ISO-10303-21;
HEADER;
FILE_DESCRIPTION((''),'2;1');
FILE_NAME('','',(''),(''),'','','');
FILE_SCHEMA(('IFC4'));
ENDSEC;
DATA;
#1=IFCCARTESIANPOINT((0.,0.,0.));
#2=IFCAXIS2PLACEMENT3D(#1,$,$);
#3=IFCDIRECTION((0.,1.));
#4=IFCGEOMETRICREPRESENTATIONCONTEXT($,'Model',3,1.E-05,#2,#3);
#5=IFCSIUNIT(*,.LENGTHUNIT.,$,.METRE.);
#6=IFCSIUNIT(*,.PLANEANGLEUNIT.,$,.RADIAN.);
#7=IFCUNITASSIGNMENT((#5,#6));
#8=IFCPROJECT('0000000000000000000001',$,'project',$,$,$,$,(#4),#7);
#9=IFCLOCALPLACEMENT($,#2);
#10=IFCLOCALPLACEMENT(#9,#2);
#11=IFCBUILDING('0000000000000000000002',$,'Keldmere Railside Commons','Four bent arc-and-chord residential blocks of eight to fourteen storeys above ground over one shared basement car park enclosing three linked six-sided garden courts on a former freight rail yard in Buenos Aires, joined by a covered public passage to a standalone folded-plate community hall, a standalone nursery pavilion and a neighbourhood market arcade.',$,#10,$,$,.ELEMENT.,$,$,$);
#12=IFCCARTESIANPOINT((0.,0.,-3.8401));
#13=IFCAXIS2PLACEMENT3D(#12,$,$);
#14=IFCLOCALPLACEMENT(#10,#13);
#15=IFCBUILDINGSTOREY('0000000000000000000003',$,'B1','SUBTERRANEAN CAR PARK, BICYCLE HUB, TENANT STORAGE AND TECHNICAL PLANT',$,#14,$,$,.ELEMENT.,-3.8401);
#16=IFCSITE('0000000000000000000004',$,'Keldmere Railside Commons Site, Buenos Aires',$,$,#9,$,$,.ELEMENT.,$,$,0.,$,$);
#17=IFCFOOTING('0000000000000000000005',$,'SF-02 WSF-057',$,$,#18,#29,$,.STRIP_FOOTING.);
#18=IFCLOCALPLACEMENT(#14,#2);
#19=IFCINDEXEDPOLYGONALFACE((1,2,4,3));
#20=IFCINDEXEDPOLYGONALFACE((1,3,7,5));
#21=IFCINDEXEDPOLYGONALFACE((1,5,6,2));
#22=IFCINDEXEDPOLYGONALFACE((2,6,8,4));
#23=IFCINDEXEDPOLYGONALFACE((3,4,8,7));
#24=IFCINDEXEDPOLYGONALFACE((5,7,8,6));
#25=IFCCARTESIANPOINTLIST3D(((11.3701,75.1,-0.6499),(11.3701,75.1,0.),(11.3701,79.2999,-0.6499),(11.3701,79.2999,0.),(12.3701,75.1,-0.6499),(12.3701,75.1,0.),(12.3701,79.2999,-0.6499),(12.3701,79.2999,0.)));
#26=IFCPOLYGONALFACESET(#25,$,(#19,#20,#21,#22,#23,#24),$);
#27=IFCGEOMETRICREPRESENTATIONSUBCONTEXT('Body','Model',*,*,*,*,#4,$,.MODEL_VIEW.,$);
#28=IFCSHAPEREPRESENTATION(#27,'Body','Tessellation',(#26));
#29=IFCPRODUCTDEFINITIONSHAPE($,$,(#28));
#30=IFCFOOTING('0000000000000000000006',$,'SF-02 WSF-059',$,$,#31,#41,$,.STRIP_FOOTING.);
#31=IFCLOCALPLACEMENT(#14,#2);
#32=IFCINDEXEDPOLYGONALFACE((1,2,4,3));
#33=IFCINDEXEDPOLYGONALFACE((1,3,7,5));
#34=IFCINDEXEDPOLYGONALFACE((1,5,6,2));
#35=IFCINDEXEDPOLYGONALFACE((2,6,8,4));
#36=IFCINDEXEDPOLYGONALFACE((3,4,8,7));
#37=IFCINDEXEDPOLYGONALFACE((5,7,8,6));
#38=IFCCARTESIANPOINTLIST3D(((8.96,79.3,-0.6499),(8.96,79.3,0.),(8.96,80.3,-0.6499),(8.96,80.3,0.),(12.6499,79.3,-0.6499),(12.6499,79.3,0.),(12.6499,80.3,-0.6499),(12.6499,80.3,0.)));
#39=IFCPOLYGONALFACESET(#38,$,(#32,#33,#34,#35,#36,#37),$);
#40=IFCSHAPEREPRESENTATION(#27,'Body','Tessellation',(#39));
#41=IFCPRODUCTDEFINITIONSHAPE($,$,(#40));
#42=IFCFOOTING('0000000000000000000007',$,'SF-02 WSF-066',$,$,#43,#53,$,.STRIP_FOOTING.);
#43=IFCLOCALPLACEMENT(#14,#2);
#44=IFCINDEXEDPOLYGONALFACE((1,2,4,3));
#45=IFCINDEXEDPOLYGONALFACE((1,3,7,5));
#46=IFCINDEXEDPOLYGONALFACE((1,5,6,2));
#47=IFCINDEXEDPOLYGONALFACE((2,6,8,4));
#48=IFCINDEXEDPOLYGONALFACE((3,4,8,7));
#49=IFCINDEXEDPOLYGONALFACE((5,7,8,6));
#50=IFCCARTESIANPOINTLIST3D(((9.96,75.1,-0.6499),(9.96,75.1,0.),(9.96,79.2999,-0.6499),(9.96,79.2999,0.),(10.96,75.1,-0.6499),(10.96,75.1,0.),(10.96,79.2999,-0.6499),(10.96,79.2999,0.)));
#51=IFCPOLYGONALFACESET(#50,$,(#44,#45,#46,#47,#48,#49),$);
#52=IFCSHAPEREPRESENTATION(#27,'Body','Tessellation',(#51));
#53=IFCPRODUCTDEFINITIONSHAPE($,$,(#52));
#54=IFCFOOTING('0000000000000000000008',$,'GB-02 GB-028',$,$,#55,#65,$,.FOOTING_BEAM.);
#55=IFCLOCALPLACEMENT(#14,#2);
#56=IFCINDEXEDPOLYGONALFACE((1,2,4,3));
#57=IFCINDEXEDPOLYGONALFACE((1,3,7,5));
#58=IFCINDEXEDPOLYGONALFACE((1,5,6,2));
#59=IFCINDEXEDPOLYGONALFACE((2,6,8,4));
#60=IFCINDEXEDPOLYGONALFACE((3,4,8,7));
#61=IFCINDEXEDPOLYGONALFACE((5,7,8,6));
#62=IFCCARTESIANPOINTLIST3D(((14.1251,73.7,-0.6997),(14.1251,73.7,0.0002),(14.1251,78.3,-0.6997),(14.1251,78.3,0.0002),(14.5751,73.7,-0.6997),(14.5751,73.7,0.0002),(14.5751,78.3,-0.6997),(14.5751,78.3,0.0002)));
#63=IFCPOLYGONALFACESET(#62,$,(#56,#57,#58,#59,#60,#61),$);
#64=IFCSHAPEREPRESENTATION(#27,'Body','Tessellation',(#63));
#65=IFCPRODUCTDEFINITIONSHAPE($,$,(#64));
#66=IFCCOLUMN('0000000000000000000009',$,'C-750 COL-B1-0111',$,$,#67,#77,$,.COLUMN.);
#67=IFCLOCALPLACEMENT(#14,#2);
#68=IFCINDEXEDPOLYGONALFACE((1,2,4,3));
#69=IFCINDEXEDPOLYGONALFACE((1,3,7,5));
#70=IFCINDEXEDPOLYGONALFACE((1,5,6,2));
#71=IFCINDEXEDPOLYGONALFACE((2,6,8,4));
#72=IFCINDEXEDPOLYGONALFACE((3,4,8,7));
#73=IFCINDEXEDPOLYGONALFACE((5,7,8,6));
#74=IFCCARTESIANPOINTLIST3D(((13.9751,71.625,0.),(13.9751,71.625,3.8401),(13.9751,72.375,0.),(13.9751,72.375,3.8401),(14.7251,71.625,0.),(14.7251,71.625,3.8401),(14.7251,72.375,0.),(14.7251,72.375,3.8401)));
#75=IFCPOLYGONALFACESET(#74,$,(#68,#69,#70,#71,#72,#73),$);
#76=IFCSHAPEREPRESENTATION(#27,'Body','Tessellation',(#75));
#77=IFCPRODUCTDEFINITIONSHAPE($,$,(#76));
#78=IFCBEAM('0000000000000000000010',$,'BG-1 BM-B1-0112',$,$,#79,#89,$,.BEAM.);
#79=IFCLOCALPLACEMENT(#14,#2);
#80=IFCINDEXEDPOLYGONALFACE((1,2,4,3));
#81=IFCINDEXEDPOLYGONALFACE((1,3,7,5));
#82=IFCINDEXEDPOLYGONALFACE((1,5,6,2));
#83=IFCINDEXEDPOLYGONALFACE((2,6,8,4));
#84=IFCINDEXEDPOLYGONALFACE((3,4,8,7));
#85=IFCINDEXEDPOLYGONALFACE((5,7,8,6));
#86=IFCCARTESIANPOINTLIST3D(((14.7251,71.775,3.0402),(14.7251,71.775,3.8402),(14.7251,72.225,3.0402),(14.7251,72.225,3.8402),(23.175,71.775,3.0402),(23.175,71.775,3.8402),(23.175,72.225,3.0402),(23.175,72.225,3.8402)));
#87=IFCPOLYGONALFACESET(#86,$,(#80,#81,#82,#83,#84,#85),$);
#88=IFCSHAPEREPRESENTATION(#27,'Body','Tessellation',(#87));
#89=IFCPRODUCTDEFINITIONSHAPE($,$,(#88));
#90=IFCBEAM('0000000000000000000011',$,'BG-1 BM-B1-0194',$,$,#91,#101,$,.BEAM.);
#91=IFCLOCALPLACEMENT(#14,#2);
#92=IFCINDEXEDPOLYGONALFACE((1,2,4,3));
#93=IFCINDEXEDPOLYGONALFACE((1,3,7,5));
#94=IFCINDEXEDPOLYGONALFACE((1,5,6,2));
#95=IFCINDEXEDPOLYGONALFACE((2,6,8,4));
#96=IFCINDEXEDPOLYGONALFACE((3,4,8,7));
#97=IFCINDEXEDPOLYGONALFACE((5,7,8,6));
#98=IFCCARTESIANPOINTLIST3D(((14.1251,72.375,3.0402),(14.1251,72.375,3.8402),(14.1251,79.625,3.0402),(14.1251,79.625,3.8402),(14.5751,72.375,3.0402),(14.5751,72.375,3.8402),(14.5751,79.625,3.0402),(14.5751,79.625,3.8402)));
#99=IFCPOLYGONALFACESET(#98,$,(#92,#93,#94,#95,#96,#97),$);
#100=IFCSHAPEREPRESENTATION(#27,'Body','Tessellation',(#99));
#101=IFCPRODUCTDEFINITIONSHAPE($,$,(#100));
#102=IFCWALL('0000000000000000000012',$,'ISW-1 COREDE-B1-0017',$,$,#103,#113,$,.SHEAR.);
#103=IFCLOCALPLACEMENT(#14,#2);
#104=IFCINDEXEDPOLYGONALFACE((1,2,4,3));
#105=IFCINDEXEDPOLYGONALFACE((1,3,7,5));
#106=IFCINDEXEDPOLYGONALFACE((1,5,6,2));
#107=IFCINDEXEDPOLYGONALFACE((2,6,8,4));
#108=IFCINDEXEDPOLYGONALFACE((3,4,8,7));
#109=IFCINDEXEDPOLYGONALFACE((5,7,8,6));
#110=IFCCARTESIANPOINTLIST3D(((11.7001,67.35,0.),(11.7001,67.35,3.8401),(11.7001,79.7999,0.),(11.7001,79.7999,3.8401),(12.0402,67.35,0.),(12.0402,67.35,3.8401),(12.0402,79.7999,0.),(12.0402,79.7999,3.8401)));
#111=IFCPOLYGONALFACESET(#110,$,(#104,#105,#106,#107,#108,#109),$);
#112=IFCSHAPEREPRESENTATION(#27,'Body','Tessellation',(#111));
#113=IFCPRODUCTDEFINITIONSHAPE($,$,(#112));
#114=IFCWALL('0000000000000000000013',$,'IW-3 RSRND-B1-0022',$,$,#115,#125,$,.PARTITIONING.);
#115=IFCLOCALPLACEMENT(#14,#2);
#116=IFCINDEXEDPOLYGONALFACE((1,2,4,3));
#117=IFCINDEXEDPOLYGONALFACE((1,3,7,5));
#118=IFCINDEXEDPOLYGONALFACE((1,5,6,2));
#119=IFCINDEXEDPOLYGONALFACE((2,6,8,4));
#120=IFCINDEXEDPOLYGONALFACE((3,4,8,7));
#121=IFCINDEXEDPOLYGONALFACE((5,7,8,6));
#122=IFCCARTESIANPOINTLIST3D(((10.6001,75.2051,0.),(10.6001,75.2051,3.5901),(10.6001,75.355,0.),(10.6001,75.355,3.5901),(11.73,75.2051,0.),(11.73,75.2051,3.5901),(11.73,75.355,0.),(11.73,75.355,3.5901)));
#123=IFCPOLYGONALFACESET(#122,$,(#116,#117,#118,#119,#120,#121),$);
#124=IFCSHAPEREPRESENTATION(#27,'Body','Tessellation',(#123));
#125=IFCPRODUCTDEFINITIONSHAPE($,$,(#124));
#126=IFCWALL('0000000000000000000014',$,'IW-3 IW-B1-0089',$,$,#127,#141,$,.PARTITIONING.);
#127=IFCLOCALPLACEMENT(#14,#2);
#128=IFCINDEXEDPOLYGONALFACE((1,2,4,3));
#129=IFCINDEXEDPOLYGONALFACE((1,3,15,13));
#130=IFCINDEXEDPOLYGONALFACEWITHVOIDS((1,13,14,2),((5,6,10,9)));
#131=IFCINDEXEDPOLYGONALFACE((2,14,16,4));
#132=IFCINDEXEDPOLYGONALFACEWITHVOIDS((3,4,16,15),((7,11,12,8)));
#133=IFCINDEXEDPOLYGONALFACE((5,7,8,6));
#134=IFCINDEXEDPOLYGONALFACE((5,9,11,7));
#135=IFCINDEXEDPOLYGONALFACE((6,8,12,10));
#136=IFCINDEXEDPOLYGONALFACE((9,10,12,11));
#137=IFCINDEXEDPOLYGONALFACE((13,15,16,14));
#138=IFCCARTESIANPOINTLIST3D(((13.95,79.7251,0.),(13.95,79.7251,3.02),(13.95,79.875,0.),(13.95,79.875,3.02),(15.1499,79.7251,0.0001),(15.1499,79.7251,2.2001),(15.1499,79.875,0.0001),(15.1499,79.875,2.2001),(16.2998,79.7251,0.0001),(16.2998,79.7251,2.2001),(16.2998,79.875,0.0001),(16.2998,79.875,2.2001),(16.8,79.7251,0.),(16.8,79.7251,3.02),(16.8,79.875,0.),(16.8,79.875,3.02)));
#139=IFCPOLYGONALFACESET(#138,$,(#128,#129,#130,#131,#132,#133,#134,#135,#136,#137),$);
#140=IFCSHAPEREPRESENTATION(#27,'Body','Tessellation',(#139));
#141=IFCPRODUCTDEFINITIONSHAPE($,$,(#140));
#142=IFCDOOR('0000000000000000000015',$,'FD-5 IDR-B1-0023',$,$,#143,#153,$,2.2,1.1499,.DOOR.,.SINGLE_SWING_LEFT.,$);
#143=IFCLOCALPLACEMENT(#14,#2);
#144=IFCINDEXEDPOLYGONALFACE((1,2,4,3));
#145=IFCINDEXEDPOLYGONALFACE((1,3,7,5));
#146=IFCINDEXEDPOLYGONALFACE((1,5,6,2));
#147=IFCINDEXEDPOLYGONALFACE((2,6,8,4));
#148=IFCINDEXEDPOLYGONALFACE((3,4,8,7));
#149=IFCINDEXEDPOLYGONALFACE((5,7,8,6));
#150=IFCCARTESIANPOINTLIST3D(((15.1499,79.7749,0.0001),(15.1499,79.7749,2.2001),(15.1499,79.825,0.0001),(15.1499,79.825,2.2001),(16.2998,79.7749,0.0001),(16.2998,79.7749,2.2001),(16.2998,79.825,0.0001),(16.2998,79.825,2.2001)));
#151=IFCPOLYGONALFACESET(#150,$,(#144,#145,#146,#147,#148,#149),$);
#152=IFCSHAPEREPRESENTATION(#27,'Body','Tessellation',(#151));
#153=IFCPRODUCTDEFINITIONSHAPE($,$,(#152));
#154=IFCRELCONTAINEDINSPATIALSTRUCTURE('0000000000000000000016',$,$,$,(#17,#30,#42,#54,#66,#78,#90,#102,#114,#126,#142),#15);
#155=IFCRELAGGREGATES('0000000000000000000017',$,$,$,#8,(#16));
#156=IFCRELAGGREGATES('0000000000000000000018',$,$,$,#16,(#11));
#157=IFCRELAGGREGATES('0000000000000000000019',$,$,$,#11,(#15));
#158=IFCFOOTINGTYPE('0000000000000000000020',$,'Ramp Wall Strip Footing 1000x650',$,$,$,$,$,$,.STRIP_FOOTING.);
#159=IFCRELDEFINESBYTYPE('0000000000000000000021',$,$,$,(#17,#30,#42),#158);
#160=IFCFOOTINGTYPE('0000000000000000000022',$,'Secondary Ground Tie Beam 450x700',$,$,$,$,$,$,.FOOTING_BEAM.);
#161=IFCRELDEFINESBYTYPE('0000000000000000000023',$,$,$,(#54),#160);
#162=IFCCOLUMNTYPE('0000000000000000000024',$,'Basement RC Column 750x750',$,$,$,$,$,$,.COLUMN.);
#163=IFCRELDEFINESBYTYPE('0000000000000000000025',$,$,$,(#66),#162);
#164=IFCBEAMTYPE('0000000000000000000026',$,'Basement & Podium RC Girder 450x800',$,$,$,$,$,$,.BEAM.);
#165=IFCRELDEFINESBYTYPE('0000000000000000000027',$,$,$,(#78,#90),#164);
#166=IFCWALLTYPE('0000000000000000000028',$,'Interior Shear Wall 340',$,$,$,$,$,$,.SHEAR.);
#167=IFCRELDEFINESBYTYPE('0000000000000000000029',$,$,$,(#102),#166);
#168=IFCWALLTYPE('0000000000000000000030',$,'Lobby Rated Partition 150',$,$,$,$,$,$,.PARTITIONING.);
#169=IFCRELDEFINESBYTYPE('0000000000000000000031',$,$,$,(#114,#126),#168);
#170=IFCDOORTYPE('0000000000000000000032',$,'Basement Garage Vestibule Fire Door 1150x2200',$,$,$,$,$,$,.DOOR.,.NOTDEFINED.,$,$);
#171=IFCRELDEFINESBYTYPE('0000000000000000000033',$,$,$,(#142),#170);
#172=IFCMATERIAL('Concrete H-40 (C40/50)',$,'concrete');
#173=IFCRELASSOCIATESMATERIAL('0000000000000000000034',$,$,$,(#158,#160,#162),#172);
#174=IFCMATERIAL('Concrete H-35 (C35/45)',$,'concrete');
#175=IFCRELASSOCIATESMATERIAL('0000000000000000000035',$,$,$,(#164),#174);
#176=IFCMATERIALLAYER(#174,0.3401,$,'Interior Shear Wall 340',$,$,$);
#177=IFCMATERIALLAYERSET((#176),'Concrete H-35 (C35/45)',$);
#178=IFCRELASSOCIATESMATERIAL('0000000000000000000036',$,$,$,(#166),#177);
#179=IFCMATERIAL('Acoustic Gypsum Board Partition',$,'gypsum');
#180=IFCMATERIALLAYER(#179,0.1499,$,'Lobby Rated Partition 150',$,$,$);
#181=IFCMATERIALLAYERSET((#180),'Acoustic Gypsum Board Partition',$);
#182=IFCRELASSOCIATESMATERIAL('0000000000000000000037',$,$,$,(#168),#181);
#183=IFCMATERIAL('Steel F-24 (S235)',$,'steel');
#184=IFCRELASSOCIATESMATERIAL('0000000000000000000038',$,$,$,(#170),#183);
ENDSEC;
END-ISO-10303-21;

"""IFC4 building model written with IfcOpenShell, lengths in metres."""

from ifc_helpers import new_model, si_unit, direction, frame, frame_2d, origin, origin_2d, place, context, subcontext, project, spatial, rectangle, extrude, material, layer, layer_set, material_profile, profile_set, type_object, element, fill, save


model = new_model("IFC4")

# Units and contexts
model_context = context("Model", 3, precision=1e-05, world=origin(), true_north=direction((0.0, 1.0)))
body_context = subcontext(model_context, "Body", "Model", "MODEL_VIEW")
ifc_project = project(units=[si_unit("LENGTHUNIT", "METRE"), si_unit("PLANEANGLEUNIT", "RADIAN")], contexts=[model_context])

# Site, building, storey
site_placement = place(None, origin())
site = spatial("IfcSite", under=ifc_project, at=site_placement, Name="Keldmere Railside Commons Site, Buenos Aires", CompositionType="ELEMENT", RefElevation=0.0)
building_placement = place(site_placement, origin())
building = spatial("IfcBuilding", under=site, at=building_placement, Name="Keldmere Railside Commons", Description="Four bent arc-and-chord residential blocks of eight to fourteen storeys above ground over one shared basement car park enclosing three linked six-sided garden courts on a former freight rail yard in Buenos Aires, joined by a covered public passage to a standalone folded-plate community hall, a standalone nursery pavilion and a neighbourhood market arcade.", CompositionType="ELEMENT")
storey_placement = place(building_placement, frame((0.0, 0.0, -3.8401)))
storey = spatial("IfcBuildingStorey", under=building, at=storey_placement, Name="B1", Description="SUBTERRANEAN CAR PARK, BICYCLE HUB, TENANT STORAGE AND TECHNICAL PLANT", CompositionType="ELEMENT", Elevation=-3.8401)

# Footings
ifc_material_1 = material(Name="Concrete H-40 (C40/50)", Category="concrete")
footing_type_1 = type_object("IfcFootingType", Name="Ramp Wall Strip Footing 1000x650", PredefinedType="STRIP_FOOTING", material=ifc_material_1)
footing_1_placement = place(storey_placement, frame((11.8701, 77.2, -0.6499), z_axis=(0.0, 0.0, 1.0), x_axis=(0.0, 1.0, 0.0)))
element("IfcFooting", 1, at=footing_1_placement, inside=storey, type_object=footing_type_1, Name="SF-02 WSF-057", PredefinedType="STRIP_FOOTING", context=body_context, shape_type="SweptSolid", body=[
    extrude(rectangle(XDim=4.2, YDim=1.0, at=origin_2d()), origin(), (0.0, 0.0, 1.0), 0.6499),
])
footing_2_placement = place(storey_placement, frame((10.8049, 79.8, -0.6499), z_axis=(0.0, 0.0, 1.0), x_axis=(1.0, 0.0, 0.0)))
element("IfcFooting", 2, at=footing_2_placement, inside=storey, type_object=footing_type_1, Name="SF-02 WSF-059", PredefinedType="STRIP_FOOTING", context=body_context, shape_type="SweptSolid", body=[
    extrude(rectangle(XDim=3.6899, YDim=1.0, at=origin_2d()), origin(), (0.0, 0.0, 1.0), 0.6499),
])
footing_3_placement = place(storey_placement, frame((10.46, 77.2, -0.6499), z_axis=(0.0, 0.0, 1.0), x_axis=(0.0, 1.0, 0.0)))
element("IfcFooting", 3, at=footing_3_placement, inside=storey, type_object=footing_type_1, Name="SF-02 WSF-066", PredefinedType="STRIP_FOOTING", context=body_context, shape_type="SweptSolid", body=[
    extrude(rectangle(XDim=4.2, YDim=1.0, at=origin_2d()), origin(), (0.0, 0.0, 1.0), 0.6499),
])
footing_type_2 = type_object("IfcFootingType", Name="Secondary Ground Tie Beam 450x700", PredefinedType="FOOTING_BEAM", material=ifc_material_1)
footing_4_placement = place(storey_placement, frame((14.3501, 76.0, -0.6997), z_axis=(0.0, 0.0, 1.0), x_axis=(0.0, 1.0, 0.0)))
element("IfcFooting", 4, at=footing_4_placement, inside=storey, type_object=footing_type_2, Name="GB-02 GB-028", PredefinedType="FOOTING_BEAM", context=body_context, shape_type="SweptSolid", body=[
    extrude(rectangle(XDim=4.6001, YDim=0.45, at=origin_2d()), origin(), (0.0, 0.0, 1.0), 0.7),
])

# Column
ifc_material_profile_1 = material_profile(ifc_material_1, rectangle(XDim=0.75, YDim=0.75, at=origin_2d()), Name="RC-750x750")
ifc_profile_set_1 = profile_set([ifc_material_profile_1], Name="Concrete H-40 (C40/50)")
column_type = type_object("IfcColumnType", Name="Basement RC Column 750x750", PredefinedType="COLUMN", material=ifc_profile_set_1)
column_placement = place(storey_placement, frame((14.3501, 72.0, 0.0), z_axis=(0.0, 0.0, 1.0), x_axis=(1.0, 0.0, 0.0)))
element("IfcColumn", 5, at=column_placement, inside=storey, type_object=column_type, Name="C-750 COL-B1-0111", PredefinedType="COLUMN", context=body_context, shape_type="SweptSolid", body=[
    extrude(rectangle(XDim=0.75, YDim=0.75, at=origin_2d()), origin(), (0.0, 0.0, 1.0), 3.8401),
])

# Beams
ifc_material_2 = material(Name="Concrete H-35 (C35/45)", Category="concrete")
ifc_material_profile_2 = material_profile(ifc_material_2, rectangle(XDim=0.45, YDim=0.8, at=origin_2d()), Name="RC-450x800")
ifc_profile_set_2 = profile_set([ifc_material_profile_2], Name="Concrete H-35 (C35/45)")
beam_type = type_object("IfcBeamType", Name="Basement & Podium RC Girder 450x800", PredefinedType="BEAM", material=ifc_profile_set_2)
beam_1_placement = place(storey_placement, frame((14.7251, 72.0, 3.4402), z_axis=(1.0, 0.0, 0.0), x_axis=(0.0, 1.0, 0.0)))
element("IfcBeam", 6, at=beam_1_placement, inside=storey, type_object=beam_type, Name="BG-1 BM-B1-0112", PredefinedType="BEAM", context=body_context, shape_type="SweptSolid", body=[
    extrude(rectangle(XDim=0.45, YDim=0.8, at=origin_2d()), origin(), (0.0, 0.0, 1.0), 8.45),
])
beam_2_placement = place(storey_placement, frame((14.3501, 72.375, 3.4402), z_axis=(0.0, 1.0, 0.0), x_axis=(-1.0, 0.0, 0.0)))
element("IfcBeam", 7, at=beam_2_placement, inside=storey, type_object=beam_type, Name="BG-1 BM-B1-0194", PredefinedType="BEAM", context=body_context, shape_type="SweptSolid", body=[
    extrude(rectangle(XDim=0.45, YDim=0.8, at=origin_2d()), origin(), (0.0, 0.0, 1.0), 7.25),
])

# Shared definitions
ifc_material_3 = material(Name="Steel F-24 (S235)", Category="steel")

# Walls
ifc_layer_1 = layer(ifc_material_2, 0.3401, Name="Interior Shear Wall 340")
ifc_layer_set_1 = layer_set([ifc_layer_1], Name="Concrete H-35 (C35/45)")
wall_type_1 = type_object("IfcWallType", Name="Interior Shear Wall 340", PredefinedType="SHEAR", material=ifc_layer_set_1)
wall_1_placement = place(storey_placement, frame((11.8701, 79.8, 0.0), z_axis=(0.0, 0.0, 1.0), x_axis=(0.0, -1.0, 0.0)))
element("IfcWall", 8, at=wall_1_placement, inside=storey, type_object=wall_type_1, Name="ISW-1 COREDE-B1-0017", PredefinedType="SHEAR", context=body_context, shape_type="SweptSolid", body=[
    extrude(rectangle(XDim=12.45, YDim=0.3401, at=frame_2d((6.2251, 0.0))), origin(), (0.0, 0.0, 1.0), 3.8401),
])
ifc_material_4 = material(Name="Acoustic Gypsum Board Partition", Category="gypsum")
ifc_layer_2 = layer(ifc_material_4, 0.1499, Name="Lobby Rated Partition 150")
ifc_layer_set_2 = layer_set([ifc_layer_2], Name="Acoustic Gypsum Board Partition")
wall_type_2 = type_object("IfcWallType", Name="Lobby Rated Partition 150", PredefinedType="PARTITIONING", material=ifc_layer_set_2)
wall_2_placement = place(storey_placement, frame((10.6001, 75.28, 0.0), z_axis=(0.0, 0.0, 1.0), x_axis=(1.0, 0.0, 0.0)))
element("IfcWall", 9, at=wall_2_placement, inside=storey, type_object=wall_type_2, Name="IW-3 RSRND-B1-0022", PredefinedType="PARTITIONING", context=body_context, shape_type="SweptSolid", body=[
    extrude(rectangle(XDim=1.1299, YDim=0.1499, at=frame_2d((0.5649, 0.0))), origin(), (0.0, 0.0, 1.0), 3.5901),
])

# Wall, opening, door
wall_3_placement = place(storey_placement, frame((13.95, 79.8, 0.0), z_axis=(0.0, 0.0, 1.0), x_axis=(1.0, 0.0, 0.0)))
wall_3 = element("IfcWall", 10, at=wall_3_placement, inside=storey, type_object=wall_type_2, Name="IW-3 IW-B1-0089", PredefinedType="PARTITIONING", context=body_context, shape_type="SweptSolid", body=[
    extrude(rectangle(XDim=2.8501, YDim=0.1499, at=frame_2d((1.425, 0.0))), origin(), (0.0, 0.0, 1.0), 3.02),
])
opening_1_placement = place(wall_3_placement, frame((1.2, 0.0, 0.0)))
opening_1 = element("IfcOpeningElement", 11, at=opening_1_placement, cuts=wall_3, PredefinedType="OPENING", context=body_context, shape_type="SweptSolid", body=[
    extrude(rectangle(XDim=1.1499, YDim=2.2, at=frame_2d((0.575, 1.1001))), frame((0.0, 0.085, 0.0), z_axis=(0.0, -1.0, 0.0), x_axis=(1.0, 0.0, 0.0)), (0.0, 0.0, 1.0), 0.1699),
])
door_type_1 = type_object("IfcDoorType", Name="Basement Garage Vestibule Fire Door 1150x2200", OperationType="NOTDEFINED", PredefinedType="DOOR", material=ifc_material_3)
door_1_placement = place(opening_1_placement, origin())
door_1 = element("IfcDoor", 12, at=door_1_placement, inside=storey, type_object=door_type_1, Name="FD-5 IDR-B1-0023", OperationType="SINGLE_SWING_LEFT", OverallHeight=2.2, OverallWidth=1.1499, PredefinedType="DOOR", context=body_context, shape_type="SweptSolid", body=[
    extrude(rectangle(XDim=1.1499, YDim=2.2, at=frame_2d((0.575, 1.1001))), frame((0.0, 0.0249, 0.0), z_axis=(0.0, -1.0, 0.0), x_axis=(1.0, 0.0, 0.0)), (0.0, 0.0, 1.0), 0.05),
])
fill(opening_1, door_1)

save(model, "model.ifc")
